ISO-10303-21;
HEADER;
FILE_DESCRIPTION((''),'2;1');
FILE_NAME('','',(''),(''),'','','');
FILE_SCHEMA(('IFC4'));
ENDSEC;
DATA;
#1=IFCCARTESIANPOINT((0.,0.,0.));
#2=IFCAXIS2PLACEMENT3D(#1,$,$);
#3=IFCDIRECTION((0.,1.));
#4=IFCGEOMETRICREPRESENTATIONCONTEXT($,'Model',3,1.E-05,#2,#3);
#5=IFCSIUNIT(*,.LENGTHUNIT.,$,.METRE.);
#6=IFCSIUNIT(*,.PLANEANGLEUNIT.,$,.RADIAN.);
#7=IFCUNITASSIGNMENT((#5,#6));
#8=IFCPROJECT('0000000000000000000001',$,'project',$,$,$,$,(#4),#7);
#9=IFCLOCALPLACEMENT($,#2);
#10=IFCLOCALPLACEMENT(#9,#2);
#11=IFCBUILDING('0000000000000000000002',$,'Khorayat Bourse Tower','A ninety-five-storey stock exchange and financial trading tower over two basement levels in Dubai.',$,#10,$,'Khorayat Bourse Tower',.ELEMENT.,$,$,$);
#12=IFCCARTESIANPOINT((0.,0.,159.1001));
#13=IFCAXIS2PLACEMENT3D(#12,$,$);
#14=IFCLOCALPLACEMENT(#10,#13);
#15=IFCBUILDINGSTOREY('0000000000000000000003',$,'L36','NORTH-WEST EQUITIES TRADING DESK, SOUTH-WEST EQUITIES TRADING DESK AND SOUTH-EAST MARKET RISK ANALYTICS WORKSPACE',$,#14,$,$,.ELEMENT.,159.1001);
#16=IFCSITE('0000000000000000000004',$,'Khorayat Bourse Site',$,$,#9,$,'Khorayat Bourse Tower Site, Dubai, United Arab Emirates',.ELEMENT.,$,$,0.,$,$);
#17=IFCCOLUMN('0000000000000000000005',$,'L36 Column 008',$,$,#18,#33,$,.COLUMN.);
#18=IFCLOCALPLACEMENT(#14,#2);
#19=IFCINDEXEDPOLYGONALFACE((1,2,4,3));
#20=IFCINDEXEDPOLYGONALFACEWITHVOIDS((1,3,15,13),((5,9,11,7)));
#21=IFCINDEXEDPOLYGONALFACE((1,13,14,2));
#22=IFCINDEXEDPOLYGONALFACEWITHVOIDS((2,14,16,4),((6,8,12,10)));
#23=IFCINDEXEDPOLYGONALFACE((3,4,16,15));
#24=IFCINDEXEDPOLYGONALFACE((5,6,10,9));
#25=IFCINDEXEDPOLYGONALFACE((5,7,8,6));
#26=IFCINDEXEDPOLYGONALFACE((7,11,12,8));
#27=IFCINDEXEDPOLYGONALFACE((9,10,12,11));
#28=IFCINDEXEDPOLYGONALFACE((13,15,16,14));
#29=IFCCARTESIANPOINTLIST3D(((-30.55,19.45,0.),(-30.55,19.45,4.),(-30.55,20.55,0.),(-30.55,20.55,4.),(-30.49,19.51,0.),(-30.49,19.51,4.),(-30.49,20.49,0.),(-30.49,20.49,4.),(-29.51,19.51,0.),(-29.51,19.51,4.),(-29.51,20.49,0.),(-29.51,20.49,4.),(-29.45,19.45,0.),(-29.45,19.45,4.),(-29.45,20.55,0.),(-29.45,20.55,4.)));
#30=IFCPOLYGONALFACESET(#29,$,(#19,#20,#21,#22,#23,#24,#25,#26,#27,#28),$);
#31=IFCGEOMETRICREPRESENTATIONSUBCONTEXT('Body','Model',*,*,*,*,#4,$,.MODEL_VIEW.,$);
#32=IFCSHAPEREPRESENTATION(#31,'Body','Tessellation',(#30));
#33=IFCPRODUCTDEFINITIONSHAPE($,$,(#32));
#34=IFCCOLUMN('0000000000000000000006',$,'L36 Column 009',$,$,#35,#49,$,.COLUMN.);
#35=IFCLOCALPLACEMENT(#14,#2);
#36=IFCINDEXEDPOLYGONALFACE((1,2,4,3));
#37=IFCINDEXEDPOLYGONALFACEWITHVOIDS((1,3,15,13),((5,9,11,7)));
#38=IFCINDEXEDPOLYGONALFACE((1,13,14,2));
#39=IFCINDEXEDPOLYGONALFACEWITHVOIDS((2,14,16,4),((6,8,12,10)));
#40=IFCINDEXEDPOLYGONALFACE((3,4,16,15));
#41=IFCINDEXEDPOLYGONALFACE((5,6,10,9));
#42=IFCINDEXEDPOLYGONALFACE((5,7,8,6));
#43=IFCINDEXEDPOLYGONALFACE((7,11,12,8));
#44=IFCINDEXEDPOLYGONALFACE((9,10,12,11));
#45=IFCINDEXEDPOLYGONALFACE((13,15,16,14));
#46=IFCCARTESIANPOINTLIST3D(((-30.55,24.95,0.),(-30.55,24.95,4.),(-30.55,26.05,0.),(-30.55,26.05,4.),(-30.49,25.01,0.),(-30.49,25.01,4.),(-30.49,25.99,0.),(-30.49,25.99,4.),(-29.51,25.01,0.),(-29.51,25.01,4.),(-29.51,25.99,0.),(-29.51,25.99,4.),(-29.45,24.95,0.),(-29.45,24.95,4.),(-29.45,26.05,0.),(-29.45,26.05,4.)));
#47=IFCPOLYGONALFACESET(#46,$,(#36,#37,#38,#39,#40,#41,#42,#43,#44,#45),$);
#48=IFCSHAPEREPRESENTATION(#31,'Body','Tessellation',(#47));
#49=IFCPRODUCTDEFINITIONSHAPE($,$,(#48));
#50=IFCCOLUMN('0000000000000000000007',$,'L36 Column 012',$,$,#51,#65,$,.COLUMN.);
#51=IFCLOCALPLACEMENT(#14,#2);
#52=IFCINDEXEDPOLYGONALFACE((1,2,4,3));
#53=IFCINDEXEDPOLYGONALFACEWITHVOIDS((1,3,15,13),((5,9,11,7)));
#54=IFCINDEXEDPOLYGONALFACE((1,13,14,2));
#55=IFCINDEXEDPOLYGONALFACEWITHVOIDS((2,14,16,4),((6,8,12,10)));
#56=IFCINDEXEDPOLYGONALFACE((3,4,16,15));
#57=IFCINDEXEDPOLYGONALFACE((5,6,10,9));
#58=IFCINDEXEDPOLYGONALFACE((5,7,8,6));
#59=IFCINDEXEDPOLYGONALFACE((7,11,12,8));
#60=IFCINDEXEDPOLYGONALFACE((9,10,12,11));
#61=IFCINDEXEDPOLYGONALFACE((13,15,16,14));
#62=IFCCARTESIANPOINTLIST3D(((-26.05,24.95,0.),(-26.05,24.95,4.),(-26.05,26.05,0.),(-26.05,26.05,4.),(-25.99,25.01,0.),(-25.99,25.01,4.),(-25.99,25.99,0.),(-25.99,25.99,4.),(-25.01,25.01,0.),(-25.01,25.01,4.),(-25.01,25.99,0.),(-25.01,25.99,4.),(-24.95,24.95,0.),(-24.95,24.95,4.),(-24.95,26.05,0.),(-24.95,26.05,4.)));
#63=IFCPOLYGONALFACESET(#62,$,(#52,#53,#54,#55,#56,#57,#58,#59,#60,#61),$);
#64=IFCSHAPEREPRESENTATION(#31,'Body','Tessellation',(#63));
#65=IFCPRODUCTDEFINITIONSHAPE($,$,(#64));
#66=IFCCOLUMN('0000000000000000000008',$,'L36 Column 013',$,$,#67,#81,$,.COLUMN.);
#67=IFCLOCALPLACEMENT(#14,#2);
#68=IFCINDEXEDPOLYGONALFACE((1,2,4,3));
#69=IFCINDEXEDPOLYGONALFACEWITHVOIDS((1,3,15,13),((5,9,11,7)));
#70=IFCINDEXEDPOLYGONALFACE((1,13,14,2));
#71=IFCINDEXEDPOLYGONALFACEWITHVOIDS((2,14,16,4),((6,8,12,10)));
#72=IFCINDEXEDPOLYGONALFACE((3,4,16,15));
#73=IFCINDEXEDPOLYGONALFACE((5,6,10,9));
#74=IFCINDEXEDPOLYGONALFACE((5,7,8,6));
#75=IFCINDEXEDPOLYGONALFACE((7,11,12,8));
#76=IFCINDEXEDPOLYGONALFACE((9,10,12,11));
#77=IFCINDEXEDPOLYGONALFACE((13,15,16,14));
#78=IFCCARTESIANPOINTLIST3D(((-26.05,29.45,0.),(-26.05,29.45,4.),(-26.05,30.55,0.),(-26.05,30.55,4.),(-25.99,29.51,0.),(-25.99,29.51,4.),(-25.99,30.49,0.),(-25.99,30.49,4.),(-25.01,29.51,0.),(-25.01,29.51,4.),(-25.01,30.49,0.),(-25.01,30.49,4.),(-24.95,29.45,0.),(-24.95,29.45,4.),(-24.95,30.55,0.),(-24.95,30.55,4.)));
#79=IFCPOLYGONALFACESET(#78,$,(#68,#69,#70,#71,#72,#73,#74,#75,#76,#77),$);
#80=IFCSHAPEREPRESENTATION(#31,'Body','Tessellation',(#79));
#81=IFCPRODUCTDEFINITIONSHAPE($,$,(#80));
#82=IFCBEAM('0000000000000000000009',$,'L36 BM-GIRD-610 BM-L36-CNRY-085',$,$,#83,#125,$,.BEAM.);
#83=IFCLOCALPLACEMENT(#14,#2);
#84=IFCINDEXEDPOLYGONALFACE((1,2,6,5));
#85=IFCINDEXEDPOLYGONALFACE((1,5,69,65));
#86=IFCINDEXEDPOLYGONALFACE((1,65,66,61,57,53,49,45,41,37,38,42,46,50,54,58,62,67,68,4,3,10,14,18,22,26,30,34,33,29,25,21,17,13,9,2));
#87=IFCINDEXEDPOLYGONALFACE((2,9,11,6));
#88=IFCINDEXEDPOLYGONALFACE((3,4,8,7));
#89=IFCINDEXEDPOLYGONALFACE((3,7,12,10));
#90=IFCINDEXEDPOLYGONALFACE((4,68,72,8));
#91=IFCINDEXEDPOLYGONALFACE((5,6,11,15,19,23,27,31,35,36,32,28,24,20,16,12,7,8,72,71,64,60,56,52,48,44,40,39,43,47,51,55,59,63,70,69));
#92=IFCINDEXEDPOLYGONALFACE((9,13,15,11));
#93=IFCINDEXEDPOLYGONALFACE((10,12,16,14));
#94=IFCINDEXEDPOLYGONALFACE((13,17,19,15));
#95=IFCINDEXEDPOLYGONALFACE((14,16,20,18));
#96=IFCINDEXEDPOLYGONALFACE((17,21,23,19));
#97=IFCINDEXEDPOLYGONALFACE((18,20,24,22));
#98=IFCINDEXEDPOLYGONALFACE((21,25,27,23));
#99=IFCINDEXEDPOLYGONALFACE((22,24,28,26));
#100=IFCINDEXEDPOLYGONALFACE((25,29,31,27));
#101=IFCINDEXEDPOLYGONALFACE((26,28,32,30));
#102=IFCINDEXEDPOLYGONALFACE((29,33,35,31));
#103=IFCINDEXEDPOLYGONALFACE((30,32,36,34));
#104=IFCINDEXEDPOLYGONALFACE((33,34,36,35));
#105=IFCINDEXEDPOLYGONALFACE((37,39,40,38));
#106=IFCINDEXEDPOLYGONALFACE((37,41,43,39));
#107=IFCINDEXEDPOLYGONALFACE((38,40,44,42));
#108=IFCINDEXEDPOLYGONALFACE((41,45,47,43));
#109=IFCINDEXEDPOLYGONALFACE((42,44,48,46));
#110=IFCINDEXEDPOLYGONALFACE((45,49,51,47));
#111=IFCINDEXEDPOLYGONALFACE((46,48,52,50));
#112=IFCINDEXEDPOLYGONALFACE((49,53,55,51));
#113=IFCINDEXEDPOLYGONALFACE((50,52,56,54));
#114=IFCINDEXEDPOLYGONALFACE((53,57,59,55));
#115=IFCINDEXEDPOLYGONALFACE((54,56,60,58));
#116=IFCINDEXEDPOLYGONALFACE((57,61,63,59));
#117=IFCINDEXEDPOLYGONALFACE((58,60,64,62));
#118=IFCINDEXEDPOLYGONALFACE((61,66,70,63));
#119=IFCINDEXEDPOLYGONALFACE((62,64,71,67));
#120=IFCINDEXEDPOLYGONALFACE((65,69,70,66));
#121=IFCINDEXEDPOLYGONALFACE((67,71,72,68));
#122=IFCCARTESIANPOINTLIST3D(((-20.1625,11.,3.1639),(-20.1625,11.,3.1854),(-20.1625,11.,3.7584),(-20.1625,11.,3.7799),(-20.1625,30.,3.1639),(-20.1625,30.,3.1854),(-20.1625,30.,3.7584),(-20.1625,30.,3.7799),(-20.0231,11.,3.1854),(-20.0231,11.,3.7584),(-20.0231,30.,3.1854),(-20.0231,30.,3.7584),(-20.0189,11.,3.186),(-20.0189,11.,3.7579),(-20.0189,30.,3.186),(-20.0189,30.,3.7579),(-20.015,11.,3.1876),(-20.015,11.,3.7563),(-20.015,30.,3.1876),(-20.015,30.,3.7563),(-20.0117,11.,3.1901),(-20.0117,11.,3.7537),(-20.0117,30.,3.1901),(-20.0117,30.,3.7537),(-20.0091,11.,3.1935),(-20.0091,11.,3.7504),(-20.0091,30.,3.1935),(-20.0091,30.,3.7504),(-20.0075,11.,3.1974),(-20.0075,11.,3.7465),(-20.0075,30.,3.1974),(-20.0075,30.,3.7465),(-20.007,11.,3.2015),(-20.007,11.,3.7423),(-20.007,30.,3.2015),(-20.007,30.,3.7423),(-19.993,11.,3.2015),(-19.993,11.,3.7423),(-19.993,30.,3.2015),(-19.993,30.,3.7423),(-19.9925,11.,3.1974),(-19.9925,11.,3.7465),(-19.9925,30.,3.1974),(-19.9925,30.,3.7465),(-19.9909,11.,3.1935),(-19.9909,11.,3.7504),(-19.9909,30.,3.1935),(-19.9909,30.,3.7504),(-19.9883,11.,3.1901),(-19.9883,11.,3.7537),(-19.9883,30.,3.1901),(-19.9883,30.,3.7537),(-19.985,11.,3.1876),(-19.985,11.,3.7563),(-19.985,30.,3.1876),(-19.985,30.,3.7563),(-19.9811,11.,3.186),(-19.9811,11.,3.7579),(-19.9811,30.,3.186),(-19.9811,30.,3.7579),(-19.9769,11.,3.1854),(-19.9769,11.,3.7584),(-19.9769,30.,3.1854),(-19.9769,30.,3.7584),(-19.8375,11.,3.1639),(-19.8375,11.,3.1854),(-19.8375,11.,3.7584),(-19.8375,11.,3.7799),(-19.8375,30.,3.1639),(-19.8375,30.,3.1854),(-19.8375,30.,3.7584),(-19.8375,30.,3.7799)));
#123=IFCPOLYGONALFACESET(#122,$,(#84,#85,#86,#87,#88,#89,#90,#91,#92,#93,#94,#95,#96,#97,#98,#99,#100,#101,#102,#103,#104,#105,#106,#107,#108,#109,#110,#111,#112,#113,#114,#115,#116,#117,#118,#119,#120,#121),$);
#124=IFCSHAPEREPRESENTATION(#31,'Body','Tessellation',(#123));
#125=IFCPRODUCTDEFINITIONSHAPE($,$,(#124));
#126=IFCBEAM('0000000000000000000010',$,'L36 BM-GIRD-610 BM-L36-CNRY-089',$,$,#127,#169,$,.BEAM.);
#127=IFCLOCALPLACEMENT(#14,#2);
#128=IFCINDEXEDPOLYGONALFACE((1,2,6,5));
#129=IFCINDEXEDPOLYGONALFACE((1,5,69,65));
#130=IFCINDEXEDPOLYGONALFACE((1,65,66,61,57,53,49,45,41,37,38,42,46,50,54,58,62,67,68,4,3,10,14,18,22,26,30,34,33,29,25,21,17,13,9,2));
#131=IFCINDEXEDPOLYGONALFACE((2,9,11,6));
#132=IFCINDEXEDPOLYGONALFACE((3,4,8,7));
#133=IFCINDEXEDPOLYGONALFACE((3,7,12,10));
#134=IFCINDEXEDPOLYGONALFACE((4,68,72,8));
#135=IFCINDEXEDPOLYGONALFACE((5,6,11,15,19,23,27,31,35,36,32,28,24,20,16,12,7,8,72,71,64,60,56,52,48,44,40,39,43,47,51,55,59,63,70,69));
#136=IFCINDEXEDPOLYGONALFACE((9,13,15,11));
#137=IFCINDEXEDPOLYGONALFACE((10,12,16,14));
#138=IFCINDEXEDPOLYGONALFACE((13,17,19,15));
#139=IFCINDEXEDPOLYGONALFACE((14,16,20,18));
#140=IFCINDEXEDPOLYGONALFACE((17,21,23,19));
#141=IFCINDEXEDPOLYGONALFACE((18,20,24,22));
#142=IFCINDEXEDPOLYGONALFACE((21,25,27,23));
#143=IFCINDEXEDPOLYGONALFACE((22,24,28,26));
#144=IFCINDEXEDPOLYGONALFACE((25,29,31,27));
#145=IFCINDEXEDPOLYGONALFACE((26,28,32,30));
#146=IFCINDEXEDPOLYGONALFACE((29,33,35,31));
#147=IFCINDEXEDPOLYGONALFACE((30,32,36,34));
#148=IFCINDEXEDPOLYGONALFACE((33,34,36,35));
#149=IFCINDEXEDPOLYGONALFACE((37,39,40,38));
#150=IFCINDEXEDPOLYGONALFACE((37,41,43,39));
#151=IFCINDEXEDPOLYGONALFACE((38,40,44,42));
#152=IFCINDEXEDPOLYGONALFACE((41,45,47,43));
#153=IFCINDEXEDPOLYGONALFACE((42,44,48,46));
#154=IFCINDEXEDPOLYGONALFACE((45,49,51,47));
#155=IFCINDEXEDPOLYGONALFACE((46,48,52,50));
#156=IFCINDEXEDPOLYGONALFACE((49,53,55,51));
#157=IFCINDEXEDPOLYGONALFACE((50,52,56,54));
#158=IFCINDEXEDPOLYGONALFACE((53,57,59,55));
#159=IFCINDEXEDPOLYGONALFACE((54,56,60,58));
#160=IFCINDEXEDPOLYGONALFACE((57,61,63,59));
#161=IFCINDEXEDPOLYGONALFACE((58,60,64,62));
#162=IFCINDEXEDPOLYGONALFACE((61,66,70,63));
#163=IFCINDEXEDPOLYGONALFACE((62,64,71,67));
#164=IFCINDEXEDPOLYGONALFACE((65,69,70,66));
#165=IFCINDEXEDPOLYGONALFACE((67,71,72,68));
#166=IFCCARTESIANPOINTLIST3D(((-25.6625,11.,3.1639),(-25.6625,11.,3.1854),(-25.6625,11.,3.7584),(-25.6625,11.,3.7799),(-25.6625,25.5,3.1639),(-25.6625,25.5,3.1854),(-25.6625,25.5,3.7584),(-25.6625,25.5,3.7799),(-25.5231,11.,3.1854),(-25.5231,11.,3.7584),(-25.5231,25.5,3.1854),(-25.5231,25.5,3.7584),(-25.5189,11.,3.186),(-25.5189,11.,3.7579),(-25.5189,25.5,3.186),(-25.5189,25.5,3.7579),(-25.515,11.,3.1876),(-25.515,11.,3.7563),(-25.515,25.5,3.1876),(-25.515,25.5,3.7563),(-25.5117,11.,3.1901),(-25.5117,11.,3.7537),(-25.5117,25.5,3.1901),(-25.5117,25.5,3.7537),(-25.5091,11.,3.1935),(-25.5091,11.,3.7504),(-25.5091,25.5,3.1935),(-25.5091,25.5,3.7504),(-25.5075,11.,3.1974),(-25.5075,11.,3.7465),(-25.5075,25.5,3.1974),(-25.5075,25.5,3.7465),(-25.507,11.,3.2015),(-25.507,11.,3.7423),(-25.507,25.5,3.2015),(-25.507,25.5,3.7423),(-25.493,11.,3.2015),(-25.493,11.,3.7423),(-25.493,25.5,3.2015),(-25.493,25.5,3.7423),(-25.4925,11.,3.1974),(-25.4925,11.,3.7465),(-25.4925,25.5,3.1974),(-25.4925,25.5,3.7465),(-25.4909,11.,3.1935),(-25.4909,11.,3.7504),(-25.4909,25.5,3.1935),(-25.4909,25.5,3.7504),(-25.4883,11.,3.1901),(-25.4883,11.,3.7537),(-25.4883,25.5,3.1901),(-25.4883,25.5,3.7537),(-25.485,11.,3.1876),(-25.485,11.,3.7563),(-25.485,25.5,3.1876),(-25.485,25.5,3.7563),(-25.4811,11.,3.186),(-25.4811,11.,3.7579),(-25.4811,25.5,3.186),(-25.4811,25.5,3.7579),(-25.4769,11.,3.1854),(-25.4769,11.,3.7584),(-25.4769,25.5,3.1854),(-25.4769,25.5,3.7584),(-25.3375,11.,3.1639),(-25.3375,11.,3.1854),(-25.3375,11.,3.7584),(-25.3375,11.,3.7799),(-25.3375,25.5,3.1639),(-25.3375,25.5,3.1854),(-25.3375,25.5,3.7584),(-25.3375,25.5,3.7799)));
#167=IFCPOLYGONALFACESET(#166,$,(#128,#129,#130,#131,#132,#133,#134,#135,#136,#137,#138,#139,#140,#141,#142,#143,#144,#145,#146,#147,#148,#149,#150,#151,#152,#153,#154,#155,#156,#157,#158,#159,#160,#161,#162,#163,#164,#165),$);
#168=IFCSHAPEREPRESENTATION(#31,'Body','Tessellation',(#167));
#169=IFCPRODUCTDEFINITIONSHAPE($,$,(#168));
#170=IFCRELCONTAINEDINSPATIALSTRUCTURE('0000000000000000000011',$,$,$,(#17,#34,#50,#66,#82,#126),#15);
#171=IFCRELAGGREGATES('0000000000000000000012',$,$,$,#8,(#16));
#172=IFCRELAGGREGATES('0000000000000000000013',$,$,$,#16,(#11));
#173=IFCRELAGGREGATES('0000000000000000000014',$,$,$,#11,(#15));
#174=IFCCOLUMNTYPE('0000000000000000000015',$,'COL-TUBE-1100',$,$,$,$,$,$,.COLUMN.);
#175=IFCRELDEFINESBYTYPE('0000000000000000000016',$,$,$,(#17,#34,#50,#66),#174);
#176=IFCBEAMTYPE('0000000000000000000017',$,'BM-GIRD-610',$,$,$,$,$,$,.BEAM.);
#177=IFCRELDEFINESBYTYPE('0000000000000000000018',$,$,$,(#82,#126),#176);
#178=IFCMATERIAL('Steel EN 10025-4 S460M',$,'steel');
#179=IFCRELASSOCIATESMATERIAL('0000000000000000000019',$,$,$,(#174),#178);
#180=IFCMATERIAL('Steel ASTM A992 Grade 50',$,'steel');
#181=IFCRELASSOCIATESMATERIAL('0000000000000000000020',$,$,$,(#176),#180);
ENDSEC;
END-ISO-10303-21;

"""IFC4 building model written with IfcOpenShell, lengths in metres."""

from ifc_helpers import new_model, si_unit, direction, frame, origin, origin_2d, place, context, subcontext, project, spatial, hollow_rectangle, i_section, extrude, source, transform, mapped, material, material_profile, profile_set, type_object, element, save


model = new_model("IFC4")

# Units and contexts
model_context = context("Model", 3, precision=1e-05, world=origin(), true_north=direction((0.0, 1.0)))
body_context = subcontext(model_context, "Body", "Model", "MODEL_VIEW")
ifc_project = project(units=[si_unit("LENGTHUNIT", "METRE"), si_unit("PLANEANGLEUNIT", "RADIAN")], contexts=[model_context])

# Site, building, storey
site_placement = place(None, origin())
site = spatial("IfcSite", under=ifc_project, at=site_placement, Name="Khorayat Bourse Site", LongName="Khorayat Bourse Tower Site, Dubai, United Arab Emirates", CompositionType="ELEMENT", RefElevation=0.0)
building_placement = place(site_placement, origin())
building = spatial("IfcBuilding", under=site, at=building_placement, Name="Khorayat Bourse Tower", Description="A ninety-five-storey stock exchange and financial trading tower over two basement levels in Dubai.", LongName="Khorayat Bourse Tower", CompositionType="ELEMENT")
storey_placement = place(building_placement, frame((0.0, 0.0, 159.1001)))
storey = spatial("IfcBuildingStorey", under=building, at=storey_placement, Name="L36", Description="NORTH-WEST EQUITIES TRADING DESK, SOUTH-WEST EQUITIES TRADING DESK AND SOUTH-EAST MARKET RISK ANALYTICS WORKSPACE", CompositionType="ELEMENT", Elevation=159.1001)

# Columns
ifc_material_1 = material(Name="Steel EN 10025-4 S460M", Category="steel")
ifc_material_profile_1 = material_profile(ifc_material_1, hollow_rectangle(XDim=1.1001, YDim=1.1001, WallThickness=0.0601, at=origin_2d()), Name="BOX 1100x1100x60")
ifc_profile_set_1 = profile_set([ifc_material_profile_1], Name="Steel EN 10025-4 S460M")
column_type = type_object("IfcColumnType", Name="COL-TUBE-1100", PredefinedType="COLUMN", material=ifc_profile_set_1)
shared_shape_1 = source(origin(), body_context, "Body", "SweptSolid", [
    extrude(hollow_rectangle(XDim=1.1001, YDim=1.1001, WallThickness=0.0601, at=origin_2d()), origin(), (0.0, 0.0, 1.0), 4.0),
])
for number, where, z_axis, x_axis, name in (
    (1, (-30.0, 20.0, 0.0), (0.0, 0.0, 1.0), (1.0, 0.0, 0.0), "L36 Column 008"),
    (2, (-30.0, 25.5, 0.0), (0.0, 0.0, 1.0), (1.0, 0.0, 0.0), "L36 Column 009"),
    (3, (-25.5, 25.5, 0.0), (0.0, 0.0, 1.0), (1.0, 0.0, 0.0), "L36 Column 012"),
    (4, (-25.5, 30.0, 0.0), (0.0, 0.0, 1.0), (1.0, 0.0, 0.0), "L36 Column 013"),
):
    element("IfcColumn", number, at=place(storey_placement, frame(where, z_axis=z_axis, x_axis=x_axis)), inside=storey, type_object=column_type, Name=name, PredefinedType="COLUMN", context=body_context, shape_type="MappedRepresentation", body=[
        mapped(shared_shape_1, transform((0.0, 0.0, 0.0), scale=1.0)),
    ])

# Beams
ifc_material_2 = material(Name="Steel ASTM A992 Grade 50", Category="steel")
ifc_material_profile_2 = material_profile(ifc_material_2, i_section(OverallWidth=0.325, OverallDepth=0.616, WebThickness=0.0139, FlangeThickness=0.0215, FilletRadius=0.0161, at=origin_2d()), Name="W610X174")
ifc_profile_set_2 = profile_set([ifc_material_profile_2], Name="Steel ASTM A992 Grade 50")
beam_type_1 = type_object("IfcBeamType", Name="BM-GIRD-610", PredefinedType="BEAM", material=ifc_profile_set_2)
shared_shape_2 = source(origin(), body_context, "Body", "SweptSolid", [
    extrude(i_section(OverallWidth=0.325, OverallDepth=0.616, WebThickness=0.0139, FlangeThickness=0.0215, FilletRadius=0.0161, at=origin_2d()), origin(), (0.0, 0.0, 1.0), 19.0),
])
beam_1_placement = place(storey_placement, frame((-20.0, 11.0, 3.4719), z_axis=(0.0, 1.0, 0.0), x_axis=(-1.0, 0.0, 0.0)))
element("IfcBeam", 5, at=beam_1_placement, inside=storey, type_object=beam_type_1, Name="L36 BM-GIRD-610 BM-L36-CNRY-085", PredefinedType="BEAM", context=body_context, shape_type="MappedRepresentation", body=[
    mapped(shared_shape_2, transform((0.0, 0.0, 0.0), scale=1.0)),
])
shared_shape_3 = source(origin(), body_context, "Body", "SweptSolid", [
    extrude(i_section(OverallWidth=0.325, OverallDepth=0.616, WebThickness=0.0139, FlangeThickness=0.0215, FilletRadius=0.0161, at=origin_2d()), origin(), (0.0, 0.0, 1.0), 14.5),
])
beam_2_placement = place(storey_placement, frame((-25.5, 11.0, 3.4719), z_axis=(0.0, 1.0, 0.0), x_axis=(-1.0, 0.0, 0.0)))
element("IfcBeam", 6, at=beam_2_placement, inside=storey, type_object=beam_type_1, Name="L36 BM-GIRD-610 BM-L36-CNRY-089", PredefinedType="BEAM", context=body_context, shape_type="MappedRepresentation", body=[
    mapped(shared_shape_3, transform((0.0, 0.0, 0.0), scale=1.0)),
])

save(model, "model.ifc")
